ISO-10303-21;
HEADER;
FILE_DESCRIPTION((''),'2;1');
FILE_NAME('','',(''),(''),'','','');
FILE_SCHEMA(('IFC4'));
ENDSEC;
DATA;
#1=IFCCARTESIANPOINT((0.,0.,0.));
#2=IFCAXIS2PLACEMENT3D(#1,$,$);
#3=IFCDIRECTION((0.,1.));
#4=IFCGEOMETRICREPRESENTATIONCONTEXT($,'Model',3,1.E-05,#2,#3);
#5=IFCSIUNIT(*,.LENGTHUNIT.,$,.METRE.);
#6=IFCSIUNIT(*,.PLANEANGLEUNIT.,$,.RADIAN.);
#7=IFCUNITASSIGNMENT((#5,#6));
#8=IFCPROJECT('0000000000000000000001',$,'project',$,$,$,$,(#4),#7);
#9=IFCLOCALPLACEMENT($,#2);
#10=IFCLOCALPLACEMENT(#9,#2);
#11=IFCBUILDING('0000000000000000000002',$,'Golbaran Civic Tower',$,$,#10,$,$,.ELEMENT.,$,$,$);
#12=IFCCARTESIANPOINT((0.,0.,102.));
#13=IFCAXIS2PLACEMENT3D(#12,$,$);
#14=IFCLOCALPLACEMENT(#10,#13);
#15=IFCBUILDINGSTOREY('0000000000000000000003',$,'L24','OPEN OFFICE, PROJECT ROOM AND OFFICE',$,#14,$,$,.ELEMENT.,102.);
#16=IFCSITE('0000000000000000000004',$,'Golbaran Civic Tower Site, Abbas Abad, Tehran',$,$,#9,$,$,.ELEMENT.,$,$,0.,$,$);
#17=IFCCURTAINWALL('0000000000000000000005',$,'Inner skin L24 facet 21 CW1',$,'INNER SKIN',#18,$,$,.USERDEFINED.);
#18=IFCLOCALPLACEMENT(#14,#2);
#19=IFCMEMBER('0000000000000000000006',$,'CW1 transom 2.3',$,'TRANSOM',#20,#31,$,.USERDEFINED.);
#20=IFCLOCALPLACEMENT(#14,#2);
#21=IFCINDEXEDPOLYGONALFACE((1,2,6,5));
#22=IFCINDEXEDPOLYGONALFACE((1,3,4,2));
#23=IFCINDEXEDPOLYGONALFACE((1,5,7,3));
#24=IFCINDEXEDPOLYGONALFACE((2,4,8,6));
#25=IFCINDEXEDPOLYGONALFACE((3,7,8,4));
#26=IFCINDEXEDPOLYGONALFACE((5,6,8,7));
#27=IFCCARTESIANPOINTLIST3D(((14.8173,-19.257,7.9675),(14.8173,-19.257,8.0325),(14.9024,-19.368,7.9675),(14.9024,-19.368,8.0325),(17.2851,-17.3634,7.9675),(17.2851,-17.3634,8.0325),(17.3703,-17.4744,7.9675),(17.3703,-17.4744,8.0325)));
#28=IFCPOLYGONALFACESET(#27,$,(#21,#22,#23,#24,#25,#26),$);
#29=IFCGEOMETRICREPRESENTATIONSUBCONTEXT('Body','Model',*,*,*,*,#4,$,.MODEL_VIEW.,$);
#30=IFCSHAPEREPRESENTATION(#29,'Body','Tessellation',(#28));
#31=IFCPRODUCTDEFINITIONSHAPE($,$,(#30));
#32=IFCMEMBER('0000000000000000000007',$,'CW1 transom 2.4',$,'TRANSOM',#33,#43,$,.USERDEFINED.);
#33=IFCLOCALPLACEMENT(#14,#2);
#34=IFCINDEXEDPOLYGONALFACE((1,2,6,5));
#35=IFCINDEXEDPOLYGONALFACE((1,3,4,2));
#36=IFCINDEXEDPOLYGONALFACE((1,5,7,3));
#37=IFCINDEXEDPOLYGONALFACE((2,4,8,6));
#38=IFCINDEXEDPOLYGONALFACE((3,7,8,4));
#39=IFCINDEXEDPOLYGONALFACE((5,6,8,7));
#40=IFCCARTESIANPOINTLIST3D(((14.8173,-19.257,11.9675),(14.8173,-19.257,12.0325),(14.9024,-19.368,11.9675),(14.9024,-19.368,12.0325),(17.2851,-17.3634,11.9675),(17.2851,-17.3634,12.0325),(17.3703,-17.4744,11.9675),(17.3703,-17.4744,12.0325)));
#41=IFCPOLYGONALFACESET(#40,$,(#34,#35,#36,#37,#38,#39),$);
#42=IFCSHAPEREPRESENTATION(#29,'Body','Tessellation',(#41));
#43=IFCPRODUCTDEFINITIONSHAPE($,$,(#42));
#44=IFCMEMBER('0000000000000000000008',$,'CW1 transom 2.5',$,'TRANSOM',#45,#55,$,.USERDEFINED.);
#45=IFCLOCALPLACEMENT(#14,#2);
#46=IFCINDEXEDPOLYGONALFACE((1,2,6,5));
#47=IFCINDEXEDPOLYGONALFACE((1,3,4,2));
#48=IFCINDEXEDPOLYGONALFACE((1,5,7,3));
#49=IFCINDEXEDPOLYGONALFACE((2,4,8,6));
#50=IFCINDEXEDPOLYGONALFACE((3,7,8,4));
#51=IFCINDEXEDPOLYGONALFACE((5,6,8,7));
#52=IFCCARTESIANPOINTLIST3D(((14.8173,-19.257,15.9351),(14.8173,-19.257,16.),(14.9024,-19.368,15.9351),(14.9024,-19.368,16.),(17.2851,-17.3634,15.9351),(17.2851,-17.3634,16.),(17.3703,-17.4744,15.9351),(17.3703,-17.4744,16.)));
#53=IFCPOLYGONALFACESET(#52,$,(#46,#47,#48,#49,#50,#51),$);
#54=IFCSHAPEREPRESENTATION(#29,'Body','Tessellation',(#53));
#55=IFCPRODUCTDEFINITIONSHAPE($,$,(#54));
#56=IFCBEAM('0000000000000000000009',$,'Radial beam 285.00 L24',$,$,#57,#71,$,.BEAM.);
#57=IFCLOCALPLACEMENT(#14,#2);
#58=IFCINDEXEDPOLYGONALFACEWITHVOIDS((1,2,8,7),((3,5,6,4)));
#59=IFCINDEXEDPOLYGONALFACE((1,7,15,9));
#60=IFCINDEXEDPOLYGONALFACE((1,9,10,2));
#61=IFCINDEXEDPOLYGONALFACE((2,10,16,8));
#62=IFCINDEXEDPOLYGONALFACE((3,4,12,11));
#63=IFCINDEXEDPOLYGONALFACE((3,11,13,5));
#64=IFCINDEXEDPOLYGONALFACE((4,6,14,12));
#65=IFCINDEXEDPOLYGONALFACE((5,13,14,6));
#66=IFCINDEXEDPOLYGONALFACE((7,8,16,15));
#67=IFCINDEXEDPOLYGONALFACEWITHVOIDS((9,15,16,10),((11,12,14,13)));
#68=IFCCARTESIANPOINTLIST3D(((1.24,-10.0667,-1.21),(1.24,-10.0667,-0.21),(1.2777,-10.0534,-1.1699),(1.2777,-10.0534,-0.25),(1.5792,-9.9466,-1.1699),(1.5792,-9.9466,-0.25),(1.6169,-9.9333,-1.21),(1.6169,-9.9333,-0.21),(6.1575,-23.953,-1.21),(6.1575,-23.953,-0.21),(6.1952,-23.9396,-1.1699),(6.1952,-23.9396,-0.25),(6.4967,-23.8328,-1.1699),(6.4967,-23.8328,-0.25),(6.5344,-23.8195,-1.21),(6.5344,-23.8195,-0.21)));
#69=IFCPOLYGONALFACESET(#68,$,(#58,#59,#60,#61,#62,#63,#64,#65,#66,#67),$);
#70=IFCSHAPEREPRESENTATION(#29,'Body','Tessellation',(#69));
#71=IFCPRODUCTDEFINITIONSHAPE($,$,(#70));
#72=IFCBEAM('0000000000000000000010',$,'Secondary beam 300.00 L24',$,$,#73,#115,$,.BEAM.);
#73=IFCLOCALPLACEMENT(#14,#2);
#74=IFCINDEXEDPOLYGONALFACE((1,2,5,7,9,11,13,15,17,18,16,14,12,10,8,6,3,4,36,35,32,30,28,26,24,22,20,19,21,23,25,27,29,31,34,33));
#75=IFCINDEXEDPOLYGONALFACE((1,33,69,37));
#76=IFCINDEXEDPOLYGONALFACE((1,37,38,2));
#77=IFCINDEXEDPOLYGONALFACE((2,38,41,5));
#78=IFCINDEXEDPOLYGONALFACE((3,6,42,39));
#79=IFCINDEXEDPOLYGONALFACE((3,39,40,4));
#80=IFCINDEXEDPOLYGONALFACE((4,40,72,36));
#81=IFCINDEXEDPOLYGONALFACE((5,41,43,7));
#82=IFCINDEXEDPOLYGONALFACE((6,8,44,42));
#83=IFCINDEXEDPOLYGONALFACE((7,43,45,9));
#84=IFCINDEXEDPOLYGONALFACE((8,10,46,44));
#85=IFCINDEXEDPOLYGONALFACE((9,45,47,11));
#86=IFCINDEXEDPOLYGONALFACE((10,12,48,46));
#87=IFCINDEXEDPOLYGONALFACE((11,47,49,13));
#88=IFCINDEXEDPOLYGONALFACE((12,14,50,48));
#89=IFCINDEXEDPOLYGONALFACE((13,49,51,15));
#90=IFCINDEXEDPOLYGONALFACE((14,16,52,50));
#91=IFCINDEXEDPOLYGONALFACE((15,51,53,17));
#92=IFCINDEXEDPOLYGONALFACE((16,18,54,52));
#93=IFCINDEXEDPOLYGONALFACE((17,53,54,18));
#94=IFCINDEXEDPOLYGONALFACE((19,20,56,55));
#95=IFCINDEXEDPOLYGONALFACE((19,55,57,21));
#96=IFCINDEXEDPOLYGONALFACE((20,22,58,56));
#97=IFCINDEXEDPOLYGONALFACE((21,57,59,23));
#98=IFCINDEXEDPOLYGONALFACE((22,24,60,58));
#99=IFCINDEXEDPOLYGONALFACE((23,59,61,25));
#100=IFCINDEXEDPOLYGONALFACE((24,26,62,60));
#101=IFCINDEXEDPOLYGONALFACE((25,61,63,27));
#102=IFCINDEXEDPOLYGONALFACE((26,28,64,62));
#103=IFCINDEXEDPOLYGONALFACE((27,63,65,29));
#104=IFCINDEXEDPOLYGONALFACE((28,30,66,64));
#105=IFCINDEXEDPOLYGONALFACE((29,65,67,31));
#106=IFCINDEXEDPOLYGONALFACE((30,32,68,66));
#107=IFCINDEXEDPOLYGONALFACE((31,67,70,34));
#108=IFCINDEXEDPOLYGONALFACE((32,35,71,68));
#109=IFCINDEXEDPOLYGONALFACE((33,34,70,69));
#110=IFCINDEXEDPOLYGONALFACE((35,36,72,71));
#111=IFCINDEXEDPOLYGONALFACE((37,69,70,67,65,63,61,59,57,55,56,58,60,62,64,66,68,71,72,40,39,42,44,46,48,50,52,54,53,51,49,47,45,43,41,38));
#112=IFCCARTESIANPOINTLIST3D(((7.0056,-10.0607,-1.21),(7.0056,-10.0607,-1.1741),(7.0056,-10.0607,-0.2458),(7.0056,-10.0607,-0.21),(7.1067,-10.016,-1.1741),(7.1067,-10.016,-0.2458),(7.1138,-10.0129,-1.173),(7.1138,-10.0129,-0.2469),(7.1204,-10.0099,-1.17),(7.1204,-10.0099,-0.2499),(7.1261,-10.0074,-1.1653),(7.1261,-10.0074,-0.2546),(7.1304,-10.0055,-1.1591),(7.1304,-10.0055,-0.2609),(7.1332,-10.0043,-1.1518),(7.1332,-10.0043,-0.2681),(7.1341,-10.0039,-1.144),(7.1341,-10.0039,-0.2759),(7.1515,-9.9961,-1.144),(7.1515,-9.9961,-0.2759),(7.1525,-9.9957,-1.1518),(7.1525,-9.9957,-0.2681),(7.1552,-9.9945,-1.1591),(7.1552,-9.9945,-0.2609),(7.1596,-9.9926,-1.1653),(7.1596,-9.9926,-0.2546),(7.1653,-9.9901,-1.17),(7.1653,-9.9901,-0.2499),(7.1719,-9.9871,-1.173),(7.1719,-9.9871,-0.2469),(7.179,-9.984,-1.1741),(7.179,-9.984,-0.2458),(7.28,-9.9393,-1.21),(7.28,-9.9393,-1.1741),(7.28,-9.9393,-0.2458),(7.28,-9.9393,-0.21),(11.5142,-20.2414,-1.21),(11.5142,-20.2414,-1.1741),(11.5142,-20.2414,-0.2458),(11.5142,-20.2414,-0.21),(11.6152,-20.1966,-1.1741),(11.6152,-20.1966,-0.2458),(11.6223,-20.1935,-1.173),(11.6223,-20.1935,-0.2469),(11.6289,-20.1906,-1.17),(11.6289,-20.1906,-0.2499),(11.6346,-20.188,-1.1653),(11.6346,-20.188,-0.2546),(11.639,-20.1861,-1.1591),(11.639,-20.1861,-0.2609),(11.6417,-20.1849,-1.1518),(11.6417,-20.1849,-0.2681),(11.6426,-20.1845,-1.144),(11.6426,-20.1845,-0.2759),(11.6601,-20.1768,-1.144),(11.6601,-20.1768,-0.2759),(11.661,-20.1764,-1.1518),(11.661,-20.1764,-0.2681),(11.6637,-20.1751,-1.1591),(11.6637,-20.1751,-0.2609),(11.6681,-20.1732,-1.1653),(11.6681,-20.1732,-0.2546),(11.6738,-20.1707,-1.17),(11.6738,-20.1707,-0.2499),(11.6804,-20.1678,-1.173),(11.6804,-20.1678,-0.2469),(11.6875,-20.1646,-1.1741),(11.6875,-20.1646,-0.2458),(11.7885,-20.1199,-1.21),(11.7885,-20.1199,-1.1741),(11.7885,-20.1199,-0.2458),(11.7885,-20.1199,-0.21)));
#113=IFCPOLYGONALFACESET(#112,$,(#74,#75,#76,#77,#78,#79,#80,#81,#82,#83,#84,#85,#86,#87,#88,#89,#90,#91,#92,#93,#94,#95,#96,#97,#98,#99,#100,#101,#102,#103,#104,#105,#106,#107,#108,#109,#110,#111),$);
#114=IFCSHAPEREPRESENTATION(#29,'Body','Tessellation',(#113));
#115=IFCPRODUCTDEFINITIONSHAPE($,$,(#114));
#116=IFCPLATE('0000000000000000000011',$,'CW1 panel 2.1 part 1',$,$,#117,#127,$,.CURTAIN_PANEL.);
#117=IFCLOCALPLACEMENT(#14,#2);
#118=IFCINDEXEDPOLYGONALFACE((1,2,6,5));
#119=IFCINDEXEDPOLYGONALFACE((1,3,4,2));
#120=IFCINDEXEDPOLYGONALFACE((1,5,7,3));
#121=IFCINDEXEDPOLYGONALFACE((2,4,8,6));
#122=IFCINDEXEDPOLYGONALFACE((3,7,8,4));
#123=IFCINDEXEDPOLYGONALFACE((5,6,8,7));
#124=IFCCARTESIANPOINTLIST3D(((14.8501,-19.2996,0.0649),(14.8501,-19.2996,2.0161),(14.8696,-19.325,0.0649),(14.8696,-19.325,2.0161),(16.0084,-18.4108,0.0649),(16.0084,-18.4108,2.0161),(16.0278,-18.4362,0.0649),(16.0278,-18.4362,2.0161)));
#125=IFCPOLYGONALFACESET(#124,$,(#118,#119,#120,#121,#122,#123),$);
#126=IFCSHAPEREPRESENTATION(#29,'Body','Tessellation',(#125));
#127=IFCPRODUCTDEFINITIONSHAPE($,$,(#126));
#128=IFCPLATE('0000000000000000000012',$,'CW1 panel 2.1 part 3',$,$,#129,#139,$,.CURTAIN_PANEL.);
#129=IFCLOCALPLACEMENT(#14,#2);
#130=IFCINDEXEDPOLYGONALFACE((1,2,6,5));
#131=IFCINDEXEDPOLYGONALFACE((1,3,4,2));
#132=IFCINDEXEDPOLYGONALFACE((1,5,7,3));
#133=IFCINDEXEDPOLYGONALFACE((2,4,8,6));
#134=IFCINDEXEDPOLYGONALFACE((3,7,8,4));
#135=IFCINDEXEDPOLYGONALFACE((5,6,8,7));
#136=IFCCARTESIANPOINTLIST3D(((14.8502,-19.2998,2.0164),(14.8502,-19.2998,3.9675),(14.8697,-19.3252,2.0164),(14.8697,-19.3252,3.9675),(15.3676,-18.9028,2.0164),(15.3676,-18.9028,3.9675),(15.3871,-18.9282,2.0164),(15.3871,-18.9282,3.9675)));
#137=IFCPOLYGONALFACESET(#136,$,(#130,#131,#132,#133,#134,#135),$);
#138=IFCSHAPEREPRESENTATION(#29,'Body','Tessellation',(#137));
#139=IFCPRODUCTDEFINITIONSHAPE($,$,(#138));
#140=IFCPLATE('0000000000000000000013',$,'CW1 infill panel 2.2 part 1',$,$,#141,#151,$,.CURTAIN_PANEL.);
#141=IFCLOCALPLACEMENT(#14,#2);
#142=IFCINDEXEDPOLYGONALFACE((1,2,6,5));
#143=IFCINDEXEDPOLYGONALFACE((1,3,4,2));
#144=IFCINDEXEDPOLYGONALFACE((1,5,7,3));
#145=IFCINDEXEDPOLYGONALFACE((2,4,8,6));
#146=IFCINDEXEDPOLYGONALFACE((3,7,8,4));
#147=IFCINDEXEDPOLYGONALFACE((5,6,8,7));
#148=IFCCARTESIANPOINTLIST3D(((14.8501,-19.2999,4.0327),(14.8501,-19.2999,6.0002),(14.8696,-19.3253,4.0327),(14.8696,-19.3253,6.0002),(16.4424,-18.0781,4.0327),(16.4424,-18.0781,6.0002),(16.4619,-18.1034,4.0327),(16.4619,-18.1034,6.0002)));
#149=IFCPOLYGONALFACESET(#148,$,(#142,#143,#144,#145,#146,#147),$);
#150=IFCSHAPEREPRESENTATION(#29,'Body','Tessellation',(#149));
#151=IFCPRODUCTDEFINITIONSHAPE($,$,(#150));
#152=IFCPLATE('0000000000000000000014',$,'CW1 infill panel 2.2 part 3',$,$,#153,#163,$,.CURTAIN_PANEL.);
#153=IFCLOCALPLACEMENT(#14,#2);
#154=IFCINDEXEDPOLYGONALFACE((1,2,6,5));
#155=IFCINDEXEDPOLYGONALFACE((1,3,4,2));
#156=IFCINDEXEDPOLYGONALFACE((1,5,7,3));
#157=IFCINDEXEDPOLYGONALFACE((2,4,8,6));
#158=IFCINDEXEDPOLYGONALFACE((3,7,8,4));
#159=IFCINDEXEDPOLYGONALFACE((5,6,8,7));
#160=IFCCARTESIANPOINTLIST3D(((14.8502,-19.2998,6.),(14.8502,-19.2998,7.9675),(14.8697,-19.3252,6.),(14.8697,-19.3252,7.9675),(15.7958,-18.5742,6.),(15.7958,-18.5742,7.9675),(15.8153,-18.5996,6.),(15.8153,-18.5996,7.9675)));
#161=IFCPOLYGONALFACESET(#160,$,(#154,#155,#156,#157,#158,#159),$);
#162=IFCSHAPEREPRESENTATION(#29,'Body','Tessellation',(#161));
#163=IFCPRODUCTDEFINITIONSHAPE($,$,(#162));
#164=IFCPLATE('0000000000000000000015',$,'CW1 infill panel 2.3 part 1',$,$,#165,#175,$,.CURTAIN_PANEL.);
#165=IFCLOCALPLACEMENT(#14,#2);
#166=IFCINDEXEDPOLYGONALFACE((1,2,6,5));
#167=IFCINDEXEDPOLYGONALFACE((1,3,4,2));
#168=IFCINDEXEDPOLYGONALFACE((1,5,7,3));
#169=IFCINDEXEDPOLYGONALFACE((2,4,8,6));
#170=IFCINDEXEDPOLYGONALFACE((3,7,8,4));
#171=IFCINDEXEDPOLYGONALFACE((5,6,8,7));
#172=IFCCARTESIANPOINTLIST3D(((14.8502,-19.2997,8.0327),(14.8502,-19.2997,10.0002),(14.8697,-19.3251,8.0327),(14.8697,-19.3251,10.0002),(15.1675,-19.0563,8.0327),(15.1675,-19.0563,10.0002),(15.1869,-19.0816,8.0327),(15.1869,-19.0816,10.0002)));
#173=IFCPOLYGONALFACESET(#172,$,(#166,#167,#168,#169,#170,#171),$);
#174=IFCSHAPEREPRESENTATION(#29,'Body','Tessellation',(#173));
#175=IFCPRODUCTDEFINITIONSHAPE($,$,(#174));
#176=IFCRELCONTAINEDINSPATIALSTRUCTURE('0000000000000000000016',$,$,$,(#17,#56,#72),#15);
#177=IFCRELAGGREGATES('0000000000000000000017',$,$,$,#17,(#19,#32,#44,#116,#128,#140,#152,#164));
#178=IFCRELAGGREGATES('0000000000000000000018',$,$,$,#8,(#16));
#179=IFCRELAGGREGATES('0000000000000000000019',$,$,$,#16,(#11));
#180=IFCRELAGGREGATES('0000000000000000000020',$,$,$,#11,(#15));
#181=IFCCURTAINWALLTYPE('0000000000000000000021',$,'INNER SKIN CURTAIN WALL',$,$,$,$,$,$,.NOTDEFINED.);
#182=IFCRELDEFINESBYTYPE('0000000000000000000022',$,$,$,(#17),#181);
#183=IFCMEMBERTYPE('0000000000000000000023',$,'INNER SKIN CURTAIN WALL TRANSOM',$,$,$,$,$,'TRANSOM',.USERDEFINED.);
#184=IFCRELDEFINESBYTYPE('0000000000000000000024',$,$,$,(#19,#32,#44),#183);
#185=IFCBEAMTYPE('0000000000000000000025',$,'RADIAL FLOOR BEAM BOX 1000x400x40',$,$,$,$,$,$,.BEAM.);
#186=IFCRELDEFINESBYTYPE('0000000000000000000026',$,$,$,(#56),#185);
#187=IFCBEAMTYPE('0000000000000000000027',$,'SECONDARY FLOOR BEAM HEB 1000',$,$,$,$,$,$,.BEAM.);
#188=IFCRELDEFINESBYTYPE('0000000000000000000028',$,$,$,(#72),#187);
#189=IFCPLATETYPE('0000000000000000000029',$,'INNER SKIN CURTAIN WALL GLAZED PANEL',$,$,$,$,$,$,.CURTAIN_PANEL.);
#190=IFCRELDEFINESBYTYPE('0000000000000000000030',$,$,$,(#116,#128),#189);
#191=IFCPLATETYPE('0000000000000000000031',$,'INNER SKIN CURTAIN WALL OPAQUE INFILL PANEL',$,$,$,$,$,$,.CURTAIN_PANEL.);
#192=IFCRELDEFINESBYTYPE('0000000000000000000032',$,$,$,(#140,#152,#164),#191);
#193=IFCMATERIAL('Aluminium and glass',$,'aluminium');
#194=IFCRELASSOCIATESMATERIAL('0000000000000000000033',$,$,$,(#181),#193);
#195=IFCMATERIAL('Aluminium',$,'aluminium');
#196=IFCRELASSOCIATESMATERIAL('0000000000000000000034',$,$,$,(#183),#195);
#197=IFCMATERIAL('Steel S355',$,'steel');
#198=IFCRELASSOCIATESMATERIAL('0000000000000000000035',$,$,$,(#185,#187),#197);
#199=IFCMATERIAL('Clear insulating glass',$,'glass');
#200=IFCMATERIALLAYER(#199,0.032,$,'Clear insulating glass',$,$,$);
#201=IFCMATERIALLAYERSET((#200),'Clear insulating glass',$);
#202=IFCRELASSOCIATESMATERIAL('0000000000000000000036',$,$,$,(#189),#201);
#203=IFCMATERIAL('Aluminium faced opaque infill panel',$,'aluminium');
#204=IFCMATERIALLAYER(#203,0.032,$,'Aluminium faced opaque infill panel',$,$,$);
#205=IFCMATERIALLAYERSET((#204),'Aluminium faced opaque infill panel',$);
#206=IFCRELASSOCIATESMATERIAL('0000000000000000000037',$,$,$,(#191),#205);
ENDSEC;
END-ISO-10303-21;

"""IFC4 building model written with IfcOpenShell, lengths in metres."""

from ifc_helpers import new_model, si_unit, direction, frame, origin, origin_2d, place, context, subcontext, project, spatial, rectangle, hollow_rectangle, i_section, extrude, material, layer, layer_set, material_profile, profile_set, type_object, element, aggregate, save


model = new_model("IFC4")

# Units and contexts
model_context = context("Model", 3, precision=1e-05, world=origin(), true_north=direction((0.0, 1.0)))
body_context = subcontext(model_context, "Body", "Model", "MODEL_VIEW")
ifc_project = project(units=[si_unit("LENGTHUNIT", "METRE"), si_unit("PLANEANGLEUNIT", "RADIAN")], contexts=[model_context])

# Site, building, storey
site_placement = place(None, origin())
site = spatial("IfcSite", under=ifc_project, at=site_placement, Name="Golbaran Civic Tower Site, Abbas Abad, Tehran", CompositionType="ELEMENT", RefElevation=0.0)
building_placement = place(site_placement, origin())
building = spatial("IfcBuilding", under=site, at=building_placement, Name="Golbaran Civic Tower", CompositionType="ELEMENT")
storey_placement = place(building_placement, frame((0.0, 0.0, 102.0)))
storey = spatial("IfcBuildingStorey", under=building, at=storey_placement, Name="L24", Description="OPEN OFFICE, PROJECT ROOM AND OFFICE", CompositionType="ELEMENT", Elevation=102.0)

# Shared definitions
ifc_material_1 = material(Name="Steel S355", Category="steel")

# Curtain wall, members
ifc_material_2 = material(Name="Aluminium and glass", Category="aluminium")
curtain_wall_type = type_object("IfcCurtainWallType", Name="INNER SKIN CURTAIN WALL", PredefinedType="NOTDEFINED", material=ifc_material_2)
curtain_wall_placement = place(storey_placement, origin())
curtain_wall = element("IfcCurtainWall", 1, at=curtain_wall_placement, inside=storey, type_object=curtain_wall_type, Name="Inner skin L24 facet 21 CW1", ObjectType="INNER SKIN", PredefinedType="USERDEFINED")
ifc_material_3 = material(Name="Aluminium", Category="aluminium")
ifc_material_profile_1 = material_profile(ifc_material_3, rectangle(XDim=0.1399, YDim=0.0649, at=origin_2d()), Name="INNER SKIN CURTAIN WALL TRANSOM")
ifc_profile_set_1 = profile_set([ifc_material_profile_1], Name="Aluminium")
member_type_1 = type_object("IfcMemberType", Name="INNER SKIN CURTAIN WALL TRANSOM", ElementType="TRANSOM", PredefinedType="USERDEFINED", material=ifc_profile_set_1)
member_1_placement = place(storey_placement, frame((14.8599, -19.3125, 8.0), z_axis=(0.793359, 0.608754, 0.0), x_axis=(-0.608754, 0.793359, 0.0)))
member_1 = element("IfcMember", 2, at=member_1_placement, type_object=member_type_1, Name="CW1 transom 2.3", ObjectType="TRANSOM", PredefinedType="USERDEFINED", context=body_context, shape_type="SweptSolid", body=[
    extrude(rectangle(XDim=0.1399, YDim=0.0649, at=origin_2d()), origin(), (0.0, 0.0, 1.0), 3.1106),
])
member_2_placement = place(storey_placement, frame((14.8599, -19.3125, 12.0), z_axis=(0.793359, 0.608754, 0.0), x_axis=(-0.608754, 0.793359, 0.0)))
member_2 = element("IfcMember", 3, at=member_2_placement, type_object=member_type_1, Name="CW1 transom 2.4", ObjectType="TRANSOM", PredefinedType="USERDEFINED", context=body_context, shape_type="SweptSolid", body=[
    extrude(rectangle(XDim=0.1399, YDim=0.0649, at=origin_2d()), origin(), (0.0, 0.0, 1.0), 3.1106),
])
member_3_placement = place(storey_placement, frame((14.8599, -19.3125, 15.9675), z_axis=(0.793359, 0.608754, 0.0), x_axis=(-0.608754, 0.793359, 0.0)))
member_3 = element("IfcMember", 4, at=member_3_placement, type_object=member_type_1, Name="CW1 transom 2.5", ObjectType="TRANSOM", PredefinedType="USERDEFINED", context=body_context, shape_type="SweptSolid", body=[
    extrude(rectangle(XDim=0.1399, YDim=0.0649, at=origin_2d()), origin(), (0.0, 0.0, 1.0), 3.1106),
])

# Beams
ifc_material_profile_2 = material_profile(ifc_material_1, hollow_rectangle(XDim=0.3999, YDim=1.0, WallThickness=0.04, at=origin_2d()), Name="BOX 1000x400x40")
ifc_profile_set_2 = profile_set([ifc_material_profile_2], Name="Steel S355")
beam_type_1 = type_object("IfcBeamType", Name="RADIAL FLOOR BEAM BOX 1000x400x40", PredefinedType="BEAM", material=ifc_profile_set_2)
beam_1_placement = place(storey_placement, frame((1.4285, -10.0, -0.71), z_axis=(0.333813, -0.942639, 0.0), x_axis=(0.942639, 0.333813, 0.0)))
element("IfcBeam", 5, at=beam_1_placement, inside=storey, type_object=beam_type_1, Name="Radial beam 285.00 L24", PredefinedType="BEAM", context=body_context, shape_type="SweptSolid", body=[
    extrude(hollow_rectangle(XDim=0.3999, YDim=1.0, WallThickness=0.04, at=origin_2d()), origin(), (0.0, 0.0, 1.0), 14.7312),
])
ifc_material_profile_3 = material_profile(ifc_material_1, i_section(OverallWidth=0.3, OverallDepth=1.0, WebThickness=0.019, FlangeThickness=0.0359, FilletRadius=0.03, at=origin_2d()), Name="HEB 1000")
ifc_profile_set_3 = profile_set([ifc_material_profile_3], Name="Steel S355")
beam_type_2 = type_object("IfcBeamType", Name="SECONDARY FLOOR BEAM HEB 1000", PredefinedType="BEAM", material=ifc_profile_set_3)
beam_2_placement = place(storey_placement, frame((7.1428, -10.0, -0.71), z_axis=(0.404924, -0.914351, 0.0), x_axis=(0.914351, 0.404924, 0.0)))
element("IfcBeam", 6, at=beam_2_placement, inside=storey, type_object=beam_type_2, Name="Secondary beam 300.00 L24", PredefinedType="BEAM", context=body_context, shape_type="SweptSolid", body=[
    extrude(i_section(OverallWidth=0.3, OverallDepth=1.0, WebThickness=0.019, FlangeThickness=0.0359, FilletRadius=0.03, at=origin_2d()), origin(), (0.0, 0.0, 1.0), 11.1343),
])

# Plates
ifc_material_4 = material(Name="Clear insulating glass", Category="glass")
ifc_layer_1 = layer(ifc_material_4, 0.032, Name="Clear insulating glass")
ifc_layer_set_1 = layer_set([ifc_layer_1], Name="Clear insulating glass")
plate_type_1 = type_object("IfcPlateType", Name="INNER SKIN CURTAIN WALL GLAZED PANEL", PredefinedType="CURTAIN_PANEL", material=ifc_layer_set_1)
plate_1_placement = place(storey_placement, frame((15.439, -18.8679, 0.0649), z_axis=(0.0, 0.0, 1.0), x_axis=(0.793353, 0.608761, 0.0)))
plate_1 = element("IfcPlate", 7, at=plate_1_placement, type_object=plate_type_1, Name="CW1 panel 2.1 part 1", PredefinedType="CURTAIN_PANEL", context=body_context, shape_type="SweptSolid", body=[
    extrude(rectangle(XDim=1.46, YDim=0.032, at=origin_2d()), origin(), (0.0, 0.0, 1.0), 1.9512),
])
plate_2_placement = place(storey_placement, frame((15.1187, -19.114, 2.0164), z_axis=(0.0, 0.0, 1.0), x_axis=(0.793353, 0.608761, 0.0)))
plate_2 = element("IfcPlate", 8, at=plate_2_placement, type_object=plate_type_1, Name="CW1 panel 2.1 part 3", PredefinedType="CURTAIN_PANEL", context=body_context, shape_type="SweptSolid", body=[
    extrude(rectangle(XDim=0.6521, YDim=0.032, at=origin_2d()), origin(), (0.0, 0.0, 1.0), 1.9512),
])
ifc_material_5 = material(Name="Aluminium faced opaque infill panel", Category="aluminium")
ifc_layer_2 = layer(ifc_material_5, 0.032, Name="Aluminium faced opaque infill panel")
ifc_layer_set_2 = layer_set([ifc_layer_2], Name="Aluminium faced opaque infill panel")
plate_type_2 = type_object("IfcPlateType", Name="INNER SKIN CURTAIN WALL OPAQUE INFILL PANEL", PredefinedType="CURTAIN_PANEL", material=ifc_layer_set_2)
plate_3_placement = place(storey_placement, frame((15.656, -18.7017, 4.0327), z_axis=(0.0, 0.0, 1.0), x_axis=(0.793353, 0.608761, 0.0)))
plate_3 = element("IfcPlate", 9, at=plate_3_placement, type_object=plate_type_2, Name="CW1 infill panel 2.2 part 1", PredefinedType="CURTAIN_PANEL", context=body_context, shape_type="SweptSolid", body=[
    extrude(rectangle(XDim=2.0071, YDim=0.032, at=origin_2d()), origin(), (0.0, 0.0, 1.0), 1.9675),
])
plate_4_placement = place(storey_placement, frame((15.3328, -18.9497, 6.0), z_axis=(0.0, 0.0, 1.0), x_axis=(0.793353, 0.608761, 0.0)))
plate_4 = element("IfcPlate", 10, at=plate_4_placement, type_object=plate_type_2, Name="CW1 infill panel 2.2 part 3", PredefinedType="CURTAIN_PANEL", context=body_context, shape_type="SweptSolid", body=[
    extrude(rectangle(XDim=1.1919, YDim=0.032, at=origin_2d()), origin(), (0.0, 0.0, 1.0), 1.9675),
])
plate_5_placement = place(storey_placement, frame((15.0186, -19.1907, 8.0327), z_axis=(0.0, 0.0, 1.0), x_axis=(0.793353, 0.608761, 0.0)))
plate_5 = element("IfcPlate", 11, at=plate_5_placement, type_object=plate_type_2, Name="CW1 infill panel 2.3 part 1", PredefinedType="CURTAIN_PANEL", context=body_context, shape_type="SweptSolid", body=[
    extrude(rectangle(XDim=0.3999, YDim=0.032, at=origin_2d()), origin(), (0.0, 0.0, 1.0), 1.9675),
])
aggregate(curtain_wall, [member_1, member_2, member_3, plate_1, plate_2, plate_3, plate_4, plate_5])

save(model, "model.ifc")
